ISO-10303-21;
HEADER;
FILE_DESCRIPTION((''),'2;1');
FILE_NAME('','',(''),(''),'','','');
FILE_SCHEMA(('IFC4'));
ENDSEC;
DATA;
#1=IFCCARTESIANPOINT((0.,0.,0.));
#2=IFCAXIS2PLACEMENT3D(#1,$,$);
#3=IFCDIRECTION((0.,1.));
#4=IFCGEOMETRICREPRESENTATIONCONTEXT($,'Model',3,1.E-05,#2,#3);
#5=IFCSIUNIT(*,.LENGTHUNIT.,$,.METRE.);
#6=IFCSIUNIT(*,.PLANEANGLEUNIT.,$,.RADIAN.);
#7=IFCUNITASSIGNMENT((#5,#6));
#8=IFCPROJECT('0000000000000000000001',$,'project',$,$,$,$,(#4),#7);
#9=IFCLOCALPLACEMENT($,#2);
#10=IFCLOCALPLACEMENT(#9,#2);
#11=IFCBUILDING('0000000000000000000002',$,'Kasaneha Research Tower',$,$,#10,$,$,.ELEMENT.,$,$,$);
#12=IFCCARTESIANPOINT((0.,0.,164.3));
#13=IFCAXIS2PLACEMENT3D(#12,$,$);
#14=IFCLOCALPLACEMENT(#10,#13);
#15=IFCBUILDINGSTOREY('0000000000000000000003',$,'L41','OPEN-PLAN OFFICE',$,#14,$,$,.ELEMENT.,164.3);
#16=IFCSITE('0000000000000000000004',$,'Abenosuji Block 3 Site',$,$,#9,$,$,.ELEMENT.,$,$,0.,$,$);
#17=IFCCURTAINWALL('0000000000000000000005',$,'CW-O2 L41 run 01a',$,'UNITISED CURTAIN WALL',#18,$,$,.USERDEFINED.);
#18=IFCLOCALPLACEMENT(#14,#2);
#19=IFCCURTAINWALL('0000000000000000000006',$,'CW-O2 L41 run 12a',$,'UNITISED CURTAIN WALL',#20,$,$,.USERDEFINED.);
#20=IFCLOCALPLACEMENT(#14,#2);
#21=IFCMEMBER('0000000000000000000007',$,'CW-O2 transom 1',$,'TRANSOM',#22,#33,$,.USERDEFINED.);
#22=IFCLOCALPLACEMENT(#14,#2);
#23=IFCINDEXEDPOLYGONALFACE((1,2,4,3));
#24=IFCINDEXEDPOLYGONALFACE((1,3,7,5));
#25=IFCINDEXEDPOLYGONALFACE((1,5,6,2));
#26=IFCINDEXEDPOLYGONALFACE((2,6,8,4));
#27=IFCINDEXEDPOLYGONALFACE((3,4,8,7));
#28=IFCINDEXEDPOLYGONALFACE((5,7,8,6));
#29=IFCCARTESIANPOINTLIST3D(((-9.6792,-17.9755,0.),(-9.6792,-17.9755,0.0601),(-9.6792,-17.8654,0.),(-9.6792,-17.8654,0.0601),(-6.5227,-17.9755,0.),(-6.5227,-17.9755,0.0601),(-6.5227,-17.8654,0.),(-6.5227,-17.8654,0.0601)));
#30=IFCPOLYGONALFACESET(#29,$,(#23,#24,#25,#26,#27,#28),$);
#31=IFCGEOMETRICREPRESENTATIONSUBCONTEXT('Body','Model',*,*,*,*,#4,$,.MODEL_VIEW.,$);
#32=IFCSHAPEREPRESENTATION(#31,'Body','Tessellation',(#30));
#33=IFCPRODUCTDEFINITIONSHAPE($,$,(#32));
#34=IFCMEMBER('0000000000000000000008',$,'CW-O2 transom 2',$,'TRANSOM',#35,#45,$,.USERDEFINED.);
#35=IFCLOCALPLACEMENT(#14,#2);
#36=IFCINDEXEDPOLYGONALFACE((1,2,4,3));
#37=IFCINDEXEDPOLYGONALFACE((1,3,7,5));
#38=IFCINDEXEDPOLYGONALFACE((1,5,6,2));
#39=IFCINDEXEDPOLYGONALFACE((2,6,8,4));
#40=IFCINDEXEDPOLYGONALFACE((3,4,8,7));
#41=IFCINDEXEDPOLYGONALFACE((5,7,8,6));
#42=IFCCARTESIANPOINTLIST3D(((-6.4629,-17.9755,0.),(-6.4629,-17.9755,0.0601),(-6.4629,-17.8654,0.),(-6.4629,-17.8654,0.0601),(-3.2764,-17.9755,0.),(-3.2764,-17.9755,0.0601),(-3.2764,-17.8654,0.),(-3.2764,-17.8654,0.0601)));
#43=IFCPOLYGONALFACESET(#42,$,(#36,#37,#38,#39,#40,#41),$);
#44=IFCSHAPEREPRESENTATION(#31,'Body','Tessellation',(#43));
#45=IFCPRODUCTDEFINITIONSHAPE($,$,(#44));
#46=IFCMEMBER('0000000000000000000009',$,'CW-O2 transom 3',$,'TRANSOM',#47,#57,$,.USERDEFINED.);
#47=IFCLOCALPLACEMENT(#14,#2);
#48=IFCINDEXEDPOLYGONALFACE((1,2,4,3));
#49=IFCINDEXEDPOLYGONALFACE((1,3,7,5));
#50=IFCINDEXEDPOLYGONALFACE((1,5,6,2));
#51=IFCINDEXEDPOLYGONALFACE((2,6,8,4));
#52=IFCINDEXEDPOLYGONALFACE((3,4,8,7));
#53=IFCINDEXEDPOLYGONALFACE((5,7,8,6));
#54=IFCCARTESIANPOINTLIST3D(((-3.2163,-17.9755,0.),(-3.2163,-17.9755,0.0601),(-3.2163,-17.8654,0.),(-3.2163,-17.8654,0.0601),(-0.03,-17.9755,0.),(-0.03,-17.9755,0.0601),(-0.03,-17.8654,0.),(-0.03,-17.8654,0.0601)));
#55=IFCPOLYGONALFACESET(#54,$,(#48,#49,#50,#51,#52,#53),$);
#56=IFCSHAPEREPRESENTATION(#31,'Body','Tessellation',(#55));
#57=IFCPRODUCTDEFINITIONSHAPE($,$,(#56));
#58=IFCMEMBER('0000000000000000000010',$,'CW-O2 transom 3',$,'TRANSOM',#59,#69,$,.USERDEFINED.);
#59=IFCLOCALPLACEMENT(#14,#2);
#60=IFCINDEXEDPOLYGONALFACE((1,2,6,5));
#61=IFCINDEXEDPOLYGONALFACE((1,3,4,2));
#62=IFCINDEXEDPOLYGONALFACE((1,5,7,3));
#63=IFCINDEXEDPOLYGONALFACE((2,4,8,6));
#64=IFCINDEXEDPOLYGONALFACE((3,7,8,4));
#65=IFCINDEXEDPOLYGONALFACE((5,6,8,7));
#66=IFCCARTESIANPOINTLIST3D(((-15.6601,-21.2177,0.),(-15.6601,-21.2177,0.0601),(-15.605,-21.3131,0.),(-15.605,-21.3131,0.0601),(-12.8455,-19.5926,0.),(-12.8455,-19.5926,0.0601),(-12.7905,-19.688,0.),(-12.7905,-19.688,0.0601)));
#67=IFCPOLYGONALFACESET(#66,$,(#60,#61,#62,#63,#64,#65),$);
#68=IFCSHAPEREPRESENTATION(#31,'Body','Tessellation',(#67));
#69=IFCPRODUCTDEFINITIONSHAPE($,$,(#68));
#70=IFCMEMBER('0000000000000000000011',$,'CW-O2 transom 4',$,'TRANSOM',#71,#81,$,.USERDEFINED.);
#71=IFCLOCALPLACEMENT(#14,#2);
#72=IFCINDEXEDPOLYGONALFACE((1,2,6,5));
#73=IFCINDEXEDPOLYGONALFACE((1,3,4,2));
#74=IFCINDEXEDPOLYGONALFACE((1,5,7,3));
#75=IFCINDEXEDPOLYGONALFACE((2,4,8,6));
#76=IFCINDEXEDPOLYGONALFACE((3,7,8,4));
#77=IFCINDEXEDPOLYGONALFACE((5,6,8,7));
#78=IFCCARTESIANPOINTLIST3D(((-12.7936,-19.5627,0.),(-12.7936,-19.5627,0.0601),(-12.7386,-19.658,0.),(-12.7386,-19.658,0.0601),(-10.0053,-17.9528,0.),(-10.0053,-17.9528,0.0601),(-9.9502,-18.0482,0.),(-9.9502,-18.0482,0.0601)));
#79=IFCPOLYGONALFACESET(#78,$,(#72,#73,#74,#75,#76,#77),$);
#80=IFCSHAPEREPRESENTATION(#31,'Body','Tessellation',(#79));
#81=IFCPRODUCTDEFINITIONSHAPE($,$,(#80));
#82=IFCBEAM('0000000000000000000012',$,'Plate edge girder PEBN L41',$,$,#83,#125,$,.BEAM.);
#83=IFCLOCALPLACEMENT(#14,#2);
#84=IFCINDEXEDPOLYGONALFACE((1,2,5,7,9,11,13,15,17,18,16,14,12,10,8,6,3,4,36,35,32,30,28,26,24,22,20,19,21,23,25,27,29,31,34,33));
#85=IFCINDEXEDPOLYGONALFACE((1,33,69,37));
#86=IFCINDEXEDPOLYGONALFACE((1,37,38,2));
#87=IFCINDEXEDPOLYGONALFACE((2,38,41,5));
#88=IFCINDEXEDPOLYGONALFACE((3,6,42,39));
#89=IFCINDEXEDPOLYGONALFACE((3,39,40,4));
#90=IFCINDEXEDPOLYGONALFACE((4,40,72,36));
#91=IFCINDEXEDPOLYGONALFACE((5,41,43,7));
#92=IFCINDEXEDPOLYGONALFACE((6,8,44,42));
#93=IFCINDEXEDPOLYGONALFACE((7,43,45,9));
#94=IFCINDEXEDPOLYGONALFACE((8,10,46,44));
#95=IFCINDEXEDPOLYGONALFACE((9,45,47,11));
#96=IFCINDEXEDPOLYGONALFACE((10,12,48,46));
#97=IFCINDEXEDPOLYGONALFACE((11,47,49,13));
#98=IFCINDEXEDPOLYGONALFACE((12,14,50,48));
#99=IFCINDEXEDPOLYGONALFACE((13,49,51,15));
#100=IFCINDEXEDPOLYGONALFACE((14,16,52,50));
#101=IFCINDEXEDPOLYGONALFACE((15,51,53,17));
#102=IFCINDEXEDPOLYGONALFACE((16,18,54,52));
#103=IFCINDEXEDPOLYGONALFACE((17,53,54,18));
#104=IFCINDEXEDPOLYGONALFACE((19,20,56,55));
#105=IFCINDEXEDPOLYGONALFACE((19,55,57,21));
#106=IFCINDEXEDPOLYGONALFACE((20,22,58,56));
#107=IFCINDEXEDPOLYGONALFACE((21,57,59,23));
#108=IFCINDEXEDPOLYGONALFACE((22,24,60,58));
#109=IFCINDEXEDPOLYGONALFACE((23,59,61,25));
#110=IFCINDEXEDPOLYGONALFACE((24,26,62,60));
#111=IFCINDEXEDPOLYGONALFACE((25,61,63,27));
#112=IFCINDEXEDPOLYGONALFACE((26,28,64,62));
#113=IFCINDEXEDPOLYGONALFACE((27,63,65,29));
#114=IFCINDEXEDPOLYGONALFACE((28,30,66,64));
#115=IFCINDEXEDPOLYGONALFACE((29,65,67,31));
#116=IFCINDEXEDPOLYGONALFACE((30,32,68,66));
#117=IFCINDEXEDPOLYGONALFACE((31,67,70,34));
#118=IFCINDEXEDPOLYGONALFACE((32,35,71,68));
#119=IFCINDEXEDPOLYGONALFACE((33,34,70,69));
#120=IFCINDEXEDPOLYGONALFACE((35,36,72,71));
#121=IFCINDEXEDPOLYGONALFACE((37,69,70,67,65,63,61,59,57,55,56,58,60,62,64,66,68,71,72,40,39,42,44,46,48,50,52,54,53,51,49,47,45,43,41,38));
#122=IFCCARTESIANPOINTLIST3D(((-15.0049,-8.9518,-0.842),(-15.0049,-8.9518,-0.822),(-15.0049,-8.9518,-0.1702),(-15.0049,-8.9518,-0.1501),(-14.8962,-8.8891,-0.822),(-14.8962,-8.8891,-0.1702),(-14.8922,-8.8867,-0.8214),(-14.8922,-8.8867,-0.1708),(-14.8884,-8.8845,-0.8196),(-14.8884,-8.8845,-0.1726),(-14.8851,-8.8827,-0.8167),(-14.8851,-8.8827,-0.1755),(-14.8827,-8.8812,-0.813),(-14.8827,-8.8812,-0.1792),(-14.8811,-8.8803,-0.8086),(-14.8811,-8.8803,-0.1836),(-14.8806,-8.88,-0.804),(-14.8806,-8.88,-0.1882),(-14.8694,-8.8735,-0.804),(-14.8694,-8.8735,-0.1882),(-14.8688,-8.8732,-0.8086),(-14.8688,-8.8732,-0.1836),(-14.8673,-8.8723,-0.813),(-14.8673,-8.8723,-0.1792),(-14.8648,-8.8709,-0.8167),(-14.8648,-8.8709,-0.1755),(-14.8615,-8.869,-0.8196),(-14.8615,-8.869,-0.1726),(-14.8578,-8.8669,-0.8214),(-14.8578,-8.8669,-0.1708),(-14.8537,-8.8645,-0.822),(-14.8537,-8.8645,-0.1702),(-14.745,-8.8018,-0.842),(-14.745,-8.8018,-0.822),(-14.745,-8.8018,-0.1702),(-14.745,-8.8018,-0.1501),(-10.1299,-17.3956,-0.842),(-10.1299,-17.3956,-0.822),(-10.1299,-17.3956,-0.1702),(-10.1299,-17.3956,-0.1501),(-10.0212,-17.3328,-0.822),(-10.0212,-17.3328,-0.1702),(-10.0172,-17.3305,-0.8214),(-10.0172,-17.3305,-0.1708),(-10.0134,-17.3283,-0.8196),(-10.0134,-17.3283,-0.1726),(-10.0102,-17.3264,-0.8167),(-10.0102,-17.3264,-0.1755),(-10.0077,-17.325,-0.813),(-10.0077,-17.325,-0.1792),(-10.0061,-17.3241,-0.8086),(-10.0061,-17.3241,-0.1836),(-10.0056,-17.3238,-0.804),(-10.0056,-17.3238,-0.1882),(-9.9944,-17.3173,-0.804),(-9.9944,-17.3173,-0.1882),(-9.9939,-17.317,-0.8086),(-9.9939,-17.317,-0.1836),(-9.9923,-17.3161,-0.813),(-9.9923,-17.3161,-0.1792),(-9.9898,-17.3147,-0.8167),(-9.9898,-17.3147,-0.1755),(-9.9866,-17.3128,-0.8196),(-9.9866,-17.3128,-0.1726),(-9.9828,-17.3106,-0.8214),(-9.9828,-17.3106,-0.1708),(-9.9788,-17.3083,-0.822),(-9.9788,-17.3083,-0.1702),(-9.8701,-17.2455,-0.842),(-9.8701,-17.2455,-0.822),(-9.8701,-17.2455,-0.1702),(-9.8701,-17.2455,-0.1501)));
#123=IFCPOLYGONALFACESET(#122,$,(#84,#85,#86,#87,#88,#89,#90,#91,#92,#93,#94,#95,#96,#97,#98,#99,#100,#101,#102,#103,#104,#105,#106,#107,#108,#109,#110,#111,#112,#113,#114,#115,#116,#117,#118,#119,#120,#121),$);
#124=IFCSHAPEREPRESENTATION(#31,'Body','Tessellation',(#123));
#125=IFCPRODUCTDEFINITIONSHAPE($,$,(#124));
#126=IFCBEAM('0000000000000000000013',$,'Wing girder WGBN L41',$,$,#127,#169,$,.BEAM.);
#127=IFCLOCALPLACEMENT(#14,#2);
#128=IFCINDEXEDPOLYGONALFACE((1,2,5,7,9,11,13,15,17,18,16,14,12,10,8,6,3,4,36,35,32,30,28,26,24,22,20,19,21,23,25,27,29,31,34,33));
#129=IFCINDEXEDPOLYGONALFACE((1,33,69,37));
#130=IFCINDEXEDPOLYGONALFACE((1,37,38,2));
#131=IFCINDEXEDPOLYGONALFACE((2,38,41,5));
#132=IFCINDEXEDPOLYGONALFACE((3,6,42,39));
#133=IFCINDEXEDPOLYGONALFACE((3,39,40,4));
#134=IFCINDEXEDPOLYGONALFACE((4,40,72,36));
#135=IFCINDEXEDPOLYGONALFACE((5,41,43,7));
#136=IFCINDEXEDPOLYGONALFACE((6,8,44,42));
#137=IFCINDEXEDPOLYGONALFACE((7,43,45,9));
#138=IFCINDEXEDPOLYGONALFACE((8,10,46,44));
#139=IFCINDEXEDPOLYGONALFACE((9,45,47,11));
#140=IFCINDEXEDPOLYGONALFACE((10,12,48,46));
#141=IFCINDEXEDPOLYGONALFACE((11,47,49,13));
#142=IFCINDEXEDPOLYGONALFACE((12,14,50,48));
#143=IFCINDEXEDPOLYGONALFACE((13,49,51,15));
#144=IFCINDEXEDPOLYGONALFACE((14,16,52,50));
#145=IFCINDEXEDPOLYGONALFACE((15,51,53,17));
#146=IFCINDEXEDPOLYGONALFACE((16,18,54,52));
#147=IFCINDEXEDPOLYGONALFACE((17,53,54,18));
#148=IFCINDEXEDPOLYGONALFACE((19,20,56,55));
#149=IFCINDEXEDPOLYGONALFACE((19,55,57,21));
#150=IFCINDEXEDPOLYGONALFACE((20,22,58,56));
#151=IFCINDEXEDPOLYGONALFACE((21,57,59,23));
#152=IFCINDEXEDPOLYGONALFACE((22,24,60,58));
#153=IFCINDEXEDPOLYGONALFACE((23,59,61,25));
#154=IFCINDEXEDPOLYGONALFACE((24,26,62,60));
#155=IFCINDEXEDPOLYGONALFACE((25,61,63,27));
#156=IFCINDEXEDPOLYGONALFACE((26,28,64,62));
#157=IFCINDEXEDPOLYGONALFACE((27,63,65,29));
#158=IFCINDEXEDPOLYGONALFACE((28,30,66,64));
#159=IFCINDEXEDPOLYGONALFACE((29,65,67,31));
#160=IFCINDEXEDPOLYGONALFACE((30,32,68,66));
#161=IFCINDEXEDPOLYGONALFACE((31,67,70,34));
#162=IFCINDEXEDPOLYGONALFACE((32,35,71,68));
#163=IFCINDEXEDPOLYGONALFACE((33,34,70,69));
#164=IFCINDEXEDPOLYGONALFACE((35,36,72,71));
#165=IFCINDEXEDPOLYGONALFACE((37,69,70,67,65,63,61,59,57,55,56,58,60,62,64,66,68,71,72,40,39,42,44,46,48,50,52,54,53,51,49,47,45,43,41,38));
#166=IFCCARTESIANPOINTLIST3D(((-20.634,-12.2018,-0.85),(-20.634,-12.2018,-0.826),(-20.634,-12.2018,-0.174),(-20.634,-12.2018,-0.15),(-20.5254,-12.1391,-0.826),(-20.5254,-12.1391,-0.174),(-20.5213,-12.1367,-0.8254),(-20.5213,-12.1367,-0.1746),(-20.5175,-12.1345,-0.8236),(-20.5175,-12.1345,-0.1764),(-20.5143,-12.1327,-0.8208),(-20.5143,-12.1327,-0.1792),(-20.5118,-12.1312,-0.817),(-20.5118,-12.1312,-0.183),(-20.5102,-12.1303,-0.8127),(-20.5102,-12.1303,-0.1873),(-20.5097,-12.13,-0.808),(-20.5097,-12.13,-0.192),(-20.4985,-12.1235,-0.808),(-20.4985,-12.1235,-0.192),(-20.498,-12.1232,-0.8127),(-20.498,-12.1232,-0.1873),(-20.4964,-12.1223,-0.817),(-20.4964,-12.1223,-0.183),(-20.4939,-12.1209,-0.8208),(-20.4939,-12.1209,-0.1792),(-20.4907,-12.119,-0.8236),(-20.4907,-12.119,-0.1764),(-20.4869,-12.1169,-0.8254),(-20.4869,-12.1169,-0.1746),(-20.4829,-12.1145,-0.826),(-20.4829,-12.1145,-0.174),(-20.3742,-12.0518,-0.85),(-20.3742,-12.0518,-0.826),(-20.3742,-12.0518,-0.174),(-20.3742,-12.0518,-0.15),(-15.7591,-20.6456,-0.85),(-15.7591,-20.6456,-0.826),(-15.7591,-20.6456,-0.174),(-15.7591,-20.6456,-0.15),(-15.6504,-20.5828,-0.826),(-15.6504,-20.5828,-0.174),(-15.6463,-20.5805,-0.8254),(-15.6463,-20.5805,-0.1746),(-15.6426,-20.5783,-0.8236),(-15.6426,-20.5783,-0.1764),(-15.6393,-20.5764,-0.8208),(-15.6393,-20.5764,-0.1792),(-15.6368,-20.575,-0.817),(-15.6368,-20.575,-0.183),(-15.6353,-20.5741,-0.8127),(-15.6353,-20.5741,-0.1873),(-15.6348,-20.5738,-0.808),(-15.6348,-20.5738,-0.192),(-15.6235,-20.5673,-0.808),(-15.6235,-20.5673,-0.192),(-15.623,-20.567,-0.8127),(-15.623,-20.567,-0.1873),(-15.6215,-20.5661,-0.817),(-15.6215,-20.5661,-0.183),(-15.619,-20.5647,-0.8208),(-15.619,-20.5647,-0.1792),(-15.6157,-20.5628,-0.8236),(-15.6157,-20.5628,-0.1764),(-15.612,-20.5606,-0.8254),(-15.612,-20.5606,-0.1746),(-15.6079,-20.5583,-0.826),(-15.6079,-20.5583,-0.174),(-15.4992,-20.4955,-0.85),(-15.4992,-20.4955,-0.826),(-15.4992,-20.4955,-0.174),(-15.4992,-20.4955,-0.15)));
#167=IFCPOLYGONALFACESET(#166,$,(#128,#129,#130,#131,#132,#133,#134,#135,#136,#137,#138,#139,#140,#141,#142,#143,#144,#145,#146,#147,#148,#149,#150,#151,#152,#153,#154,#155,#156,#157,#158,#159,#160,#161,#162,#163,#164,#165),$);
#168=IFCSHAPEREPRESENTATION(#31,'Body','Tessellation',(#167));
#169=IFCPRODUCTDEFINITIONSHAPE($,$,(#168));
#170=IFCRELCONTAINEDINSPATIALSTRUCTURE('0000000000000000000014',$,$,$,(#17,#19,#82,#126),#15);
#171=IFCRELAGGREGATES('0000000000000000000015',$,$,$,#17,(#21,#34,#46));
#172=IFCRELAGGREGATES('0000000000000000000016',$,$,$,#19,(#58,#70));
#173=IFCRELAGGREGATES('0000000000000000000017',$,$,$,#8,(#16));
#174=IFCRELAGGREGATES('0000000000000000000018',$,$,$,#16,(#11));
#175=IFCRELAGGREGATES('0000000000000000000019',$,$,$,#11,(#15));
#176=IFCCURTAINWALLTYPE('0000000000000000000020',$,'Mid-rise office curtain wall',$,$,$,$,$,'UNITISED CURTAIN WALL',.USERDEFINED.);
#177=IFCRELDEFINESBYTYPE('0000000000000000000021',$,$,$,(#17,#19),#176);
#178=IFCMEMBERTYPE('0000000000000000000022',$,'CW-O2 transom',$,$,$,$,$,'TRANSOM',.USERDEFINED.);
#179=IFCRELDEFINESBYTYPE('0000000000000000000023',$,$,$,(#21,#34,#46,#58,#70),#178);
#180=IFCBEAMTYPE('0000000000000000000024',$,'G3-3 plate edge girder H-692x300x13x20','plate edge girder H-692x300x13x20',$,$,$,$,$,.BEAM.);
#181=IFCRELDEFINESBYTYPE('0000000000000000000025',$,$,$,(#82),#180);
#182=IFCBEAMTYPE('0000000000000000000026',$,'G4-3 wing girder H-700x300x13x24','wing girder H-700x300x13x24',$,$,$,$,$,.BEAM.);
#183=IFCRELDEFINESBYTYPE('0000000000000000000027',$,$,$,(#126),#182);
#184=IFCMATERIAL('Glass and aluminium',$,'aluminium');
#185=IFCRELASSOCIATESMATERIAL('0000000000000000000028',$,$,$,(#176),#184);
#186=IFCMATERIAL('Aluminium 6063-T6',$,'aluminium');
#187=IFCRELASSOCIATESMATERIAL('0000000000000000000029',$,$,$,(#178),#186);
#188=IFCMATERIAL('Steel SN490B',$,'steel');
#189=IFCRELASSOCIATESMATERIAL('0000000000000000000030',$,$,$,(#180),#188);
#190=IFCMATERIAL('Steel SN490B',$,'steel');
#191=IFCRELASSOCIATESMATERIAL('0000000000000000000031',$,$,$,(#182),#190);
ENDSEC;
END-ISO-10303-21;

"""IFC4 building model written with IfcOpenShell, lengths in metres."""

from ifc_helpers import new_model, si_unit, direction, frame, origin, origin_2d, place, context, subcontext, project, spatial, rectangle, i_section, extrude, material, material_profile, profile_set, type_object, element, aggregate, save


model = new_model("IFC4")

# Units and contexts
model_context = context("Model", 3, precision=1e-05, world=origin(), true_north=direction((0.0, 1.0)))
body_context = subcontext(model_context, "Body", "Model", "MODEL_VIEW")
ifc_project = project(units=[si_unit("LENGTHUNIT", "METRE"), si_unit("PLANEANGLEUNIT", "RADIAN")], contexts=[model_context])

# Site, building, storey
site_placement = place(None, origin())
site = spatial("IfcSite", under=ifc_project, at=site_placement, Name="Abenosuji Block 3 Site", CompositionType="ELEMENT", RefElevation=0.0)
building_placement = place(site_placement, origin())
building = spatial("IfcBuilding", under=site, at=building_placement, Name="Kasaneha Research Tower", CompositionType="ELEMENT")
storey_placement = place(building_placement, frame((0.0, 0.0, 164.3)))
storey = spatial("IfcBuildingStorey", under=building, at=storey_placement, Name="L41", Description="OPEN-PLAN OFFICE", CompositionType="ELEMENT", Elevation=164.3)

# Curtain walls
ifc_material_1 = material(Name="Glass and aluminium", Category="aluminium")
curtain_wall_type = type_object("IfcCurtainWallType", Name="Mid-rise office curtain wall", ElementType="UNITISED CURTAIN WALL", PredefinedType="USERDEFINED", material=ifc_material_1)
curtain_wall_1_placement = place(storey_placement, origin())
curtain_wall_1 = element("IfcCurtainWall", 1, at=curtain_wall_1_placement, inside=storey, type_object=curtain_wall_type, Name="CW-O2 L41 run 01a", ObjectType="UNITISED CURTAIN WALL", PredefinedType="USERDEFINED")
curtain_wall_2_placement = place(storey_placement, origin())
curtain_wall_2 = element("IfcCurtainWall", 2, at=curtain_wall_2_placement, inside=storey, type_object=curtain_wall_type, Name="CW-O2 L41 run 12a", ObjectType="UNITISED CURTAIN WALL", PredefinedType="USERDEFINED")

# Members
ifc_material_2 = material(Name="Aluminium 6063-T6", Category="aluminium")
ifc_material_profile_1 = material_profile(ifc_material_2, rectangle(XDim=0.1101, YDim=0.0601, at=origin_2d()), Name="CW-O2 transom 110x60")
ifc_profile_set_1 = profile_set([ifc_material_profile_1], Name="Aluminium 6063-T6")
member_type_1 = type_object("IfcMemberType", Name="CW-O2 transom", ElementType="TRANSOM", PredefinedType="USERDEFINED", material=ifc_profile_set_1)
member_1_placement = place(storey_placement, frame((-9.6792, -17.9204, 0.03), z_axis=(1.0, 0.0, 0.0), x_axis=(0.0, 1.0, 0.0)))
member_1 = element("IfcMember", 3, at=member_1_placement, type_object=member_type_1, Name="CW-O2 transom 1", ObjectType="TRANSOM", PredefinedType="USERDEFINED", context=body_context, shape_type="SweptSolid", body=[
    extrude(rectangle(XDim=0.1101, YDim=0.0601, at=origin_2d()), origin(), (0.0, 0.0, 1.0), 3.1565),
])
member_2_placement = place(storey_placement, frame((-6.4629, -17.9204, 0.03), z_axis=(1.0, 0.0, 0.0), x_axis=(0.0, 1.0, 0.0)))
member_2 = element("IfcMember", 4, at=member_2_placement, type_object=member_type_1, Name="CW-O2 transom 2", ObjectType="TRANSOM", PredefinedType="USERDEFINED", context=body_context, shape_type="SweptSolid", body=[
    extrude(rectangle(XDim=0.1101, YDim=0.0601, at=origin_2d()), origin(), (0.0, 0.0, 1.0), 3.1865),
])
member_3_placement = place(storey_placement, frame((-3.2163, -17.9204, 0.03), z_axis=(1.0, 0.0, 0.0), x_axis=(0.0, 1.0, 0.0)))
member_3 = element("IfcMember", 5, at=member_3_placement, type_object=member_type_1, Name="CW-O2 transom 3", ObjectType="TRANSOM", PredefinedType="USERDEFINED", context=body_context, shape_type="SweptSolid", body=[
    extrude(rectangle(XDim=0.1101, YDim=0.0601, at=origin_2d()), origin(), (0.0, 0.0, 1.0), 3.1863),
])
member_4_placement = place(storey_placement, frame((-15.6326, -21.2654, 0.03), z_axis=(0.866015, 0.500017, 0.0), x_axis=(-0.500017, 0.866015, 0.0)))
member_4 = element("IfcMember", 6, at=member_4_placement, type_object=member_type_1, Name="CW-O2 transom 3", ObjectType="TRANSOM", PredefinedType="USERDEFINED", context=body_context, shape_type="SweptSolid", body=[
    extrude(rectangle(XDim=0.1101, YDim=0.0601, at=origin_2d()), origin(), (0.0, 0.0, 1.0), 3.25),
])
member_5_placement = place(storey_placement, frame((-12.7661, -19.6104, 0.03), z_axis=(0.866023, 0.500005, 0.0), x_axis=(-0.500005, 0.866023, 0.0)))
member_5 = element("IfcMember", 7, at=member_5_placement, type_object=member_type_1, Name="CW-O2 transom 4", ObjectType="TRANSOM", PredefinedType="USERDEFINED", context=body_context, shape_type="SweptSolid", body=[
    extrude(rectangle(XDim=0.1101, YDim=0.0601, at=origin_2d()), origin(), (0.0, 0.0, 1.0), 3.2197),
])

# Beams
ifc_material_3 = material(Name="Steel SN490B", Category="steel")
ifc_material_profile_2 = material_profile(ifc_material_3, i_section(OverallWidth=0.3, OverallDepth=0.6919, WebThickness=0.0129, FlangeThickness=0.02, FilletRadius=0.0181, at=origin_2d()), Name="H-692x300x13x20")
ifc_profile_set_2 = profile_set([ifc_material_profile_2], Name="Steel SN490B")
beam_type_1 = type_object("IfcBeamType", Name="G3-3 plate edge girder H-692x300x13x20", Description="plate edge girder H-692x300x13x20", PredefinedType="BEAM", material=ifc_profile_set_2)
beam_1_placement = place(storey_placement, frame((-10.0, -17.3206, -0.4961), z_axis=(-0.499996, 0.866028, 0.0), x_axis=(-0.866028, -0.499996, 0.0)))
element("IfcBeam", 8, at=beam_1_placement, inside=storey, type_object=beam_type_1, Name="Plate edge girder PEBN L41", PredefinedType="BEAM", context=body_context, shape_type="SweptSolid", body=[
    extrude(i_section(OverallWidth=0.3, OverallDepth=0.6919, WebThickness=0.0129, FlangeThickness=0.02, FilletRadius=0.0181, at=origin_2d()), origin(), (0.0, 0.0, 1.0), 9.75),
])
ifc_material_4 = material(Name="Steel SN490B", Category="steel")
ifc_material_profile_3 = material_profile(ifc_material_4, i_section(OverallWidth=0.3, OverallDepth=0.7, WebThickness=0.0129, FlangeThickness=0.0239, FilletRadius=0.0181, at=origin_2d()), Name="H-700x300x13x24")
ifc_profile_set_3 = profile_set([ifc_material_profile_3], Name="Steel SN490B")
beam_type_2 = type_object("IfcBeamType", Name="G4-3 wing girder H-700x300x13x24", Description="wing girder H-700x300x13x24", PredefinedType="BEAM", material=ifc_profile_set_3)
beam_2_placement = place(storey_placement, frame((-15.6292, -20.5706, -0.5), z_axis=(-0.499996, 0.866028, 0.0), x_axis=(-0.866028, -0.499996, 0.0)))
element("IfcBeam", 9, at=beam_2_placement, inside=storey, type_object=beam_type_2, Name="Wing girder WGBN L41", PredefinedType="BEAM", context=body_context, shape_type="SweptSolid", body=[
    extrude(i_section(OverallWidth=0.3, OverallDepth=0.7, WebThickness=0.0129, FlangeThickness=0.0239, FilletRadius=0.0181, at=origin_2d()), origin(), (0.0, 0.0, 1.0), 9.75),
])

aggregate(curtain_wall_1, [member_1, member_2, member_3])
aggregate(curtain_wall_2, [member_4, member_5])

save(model, "model.ifc")
